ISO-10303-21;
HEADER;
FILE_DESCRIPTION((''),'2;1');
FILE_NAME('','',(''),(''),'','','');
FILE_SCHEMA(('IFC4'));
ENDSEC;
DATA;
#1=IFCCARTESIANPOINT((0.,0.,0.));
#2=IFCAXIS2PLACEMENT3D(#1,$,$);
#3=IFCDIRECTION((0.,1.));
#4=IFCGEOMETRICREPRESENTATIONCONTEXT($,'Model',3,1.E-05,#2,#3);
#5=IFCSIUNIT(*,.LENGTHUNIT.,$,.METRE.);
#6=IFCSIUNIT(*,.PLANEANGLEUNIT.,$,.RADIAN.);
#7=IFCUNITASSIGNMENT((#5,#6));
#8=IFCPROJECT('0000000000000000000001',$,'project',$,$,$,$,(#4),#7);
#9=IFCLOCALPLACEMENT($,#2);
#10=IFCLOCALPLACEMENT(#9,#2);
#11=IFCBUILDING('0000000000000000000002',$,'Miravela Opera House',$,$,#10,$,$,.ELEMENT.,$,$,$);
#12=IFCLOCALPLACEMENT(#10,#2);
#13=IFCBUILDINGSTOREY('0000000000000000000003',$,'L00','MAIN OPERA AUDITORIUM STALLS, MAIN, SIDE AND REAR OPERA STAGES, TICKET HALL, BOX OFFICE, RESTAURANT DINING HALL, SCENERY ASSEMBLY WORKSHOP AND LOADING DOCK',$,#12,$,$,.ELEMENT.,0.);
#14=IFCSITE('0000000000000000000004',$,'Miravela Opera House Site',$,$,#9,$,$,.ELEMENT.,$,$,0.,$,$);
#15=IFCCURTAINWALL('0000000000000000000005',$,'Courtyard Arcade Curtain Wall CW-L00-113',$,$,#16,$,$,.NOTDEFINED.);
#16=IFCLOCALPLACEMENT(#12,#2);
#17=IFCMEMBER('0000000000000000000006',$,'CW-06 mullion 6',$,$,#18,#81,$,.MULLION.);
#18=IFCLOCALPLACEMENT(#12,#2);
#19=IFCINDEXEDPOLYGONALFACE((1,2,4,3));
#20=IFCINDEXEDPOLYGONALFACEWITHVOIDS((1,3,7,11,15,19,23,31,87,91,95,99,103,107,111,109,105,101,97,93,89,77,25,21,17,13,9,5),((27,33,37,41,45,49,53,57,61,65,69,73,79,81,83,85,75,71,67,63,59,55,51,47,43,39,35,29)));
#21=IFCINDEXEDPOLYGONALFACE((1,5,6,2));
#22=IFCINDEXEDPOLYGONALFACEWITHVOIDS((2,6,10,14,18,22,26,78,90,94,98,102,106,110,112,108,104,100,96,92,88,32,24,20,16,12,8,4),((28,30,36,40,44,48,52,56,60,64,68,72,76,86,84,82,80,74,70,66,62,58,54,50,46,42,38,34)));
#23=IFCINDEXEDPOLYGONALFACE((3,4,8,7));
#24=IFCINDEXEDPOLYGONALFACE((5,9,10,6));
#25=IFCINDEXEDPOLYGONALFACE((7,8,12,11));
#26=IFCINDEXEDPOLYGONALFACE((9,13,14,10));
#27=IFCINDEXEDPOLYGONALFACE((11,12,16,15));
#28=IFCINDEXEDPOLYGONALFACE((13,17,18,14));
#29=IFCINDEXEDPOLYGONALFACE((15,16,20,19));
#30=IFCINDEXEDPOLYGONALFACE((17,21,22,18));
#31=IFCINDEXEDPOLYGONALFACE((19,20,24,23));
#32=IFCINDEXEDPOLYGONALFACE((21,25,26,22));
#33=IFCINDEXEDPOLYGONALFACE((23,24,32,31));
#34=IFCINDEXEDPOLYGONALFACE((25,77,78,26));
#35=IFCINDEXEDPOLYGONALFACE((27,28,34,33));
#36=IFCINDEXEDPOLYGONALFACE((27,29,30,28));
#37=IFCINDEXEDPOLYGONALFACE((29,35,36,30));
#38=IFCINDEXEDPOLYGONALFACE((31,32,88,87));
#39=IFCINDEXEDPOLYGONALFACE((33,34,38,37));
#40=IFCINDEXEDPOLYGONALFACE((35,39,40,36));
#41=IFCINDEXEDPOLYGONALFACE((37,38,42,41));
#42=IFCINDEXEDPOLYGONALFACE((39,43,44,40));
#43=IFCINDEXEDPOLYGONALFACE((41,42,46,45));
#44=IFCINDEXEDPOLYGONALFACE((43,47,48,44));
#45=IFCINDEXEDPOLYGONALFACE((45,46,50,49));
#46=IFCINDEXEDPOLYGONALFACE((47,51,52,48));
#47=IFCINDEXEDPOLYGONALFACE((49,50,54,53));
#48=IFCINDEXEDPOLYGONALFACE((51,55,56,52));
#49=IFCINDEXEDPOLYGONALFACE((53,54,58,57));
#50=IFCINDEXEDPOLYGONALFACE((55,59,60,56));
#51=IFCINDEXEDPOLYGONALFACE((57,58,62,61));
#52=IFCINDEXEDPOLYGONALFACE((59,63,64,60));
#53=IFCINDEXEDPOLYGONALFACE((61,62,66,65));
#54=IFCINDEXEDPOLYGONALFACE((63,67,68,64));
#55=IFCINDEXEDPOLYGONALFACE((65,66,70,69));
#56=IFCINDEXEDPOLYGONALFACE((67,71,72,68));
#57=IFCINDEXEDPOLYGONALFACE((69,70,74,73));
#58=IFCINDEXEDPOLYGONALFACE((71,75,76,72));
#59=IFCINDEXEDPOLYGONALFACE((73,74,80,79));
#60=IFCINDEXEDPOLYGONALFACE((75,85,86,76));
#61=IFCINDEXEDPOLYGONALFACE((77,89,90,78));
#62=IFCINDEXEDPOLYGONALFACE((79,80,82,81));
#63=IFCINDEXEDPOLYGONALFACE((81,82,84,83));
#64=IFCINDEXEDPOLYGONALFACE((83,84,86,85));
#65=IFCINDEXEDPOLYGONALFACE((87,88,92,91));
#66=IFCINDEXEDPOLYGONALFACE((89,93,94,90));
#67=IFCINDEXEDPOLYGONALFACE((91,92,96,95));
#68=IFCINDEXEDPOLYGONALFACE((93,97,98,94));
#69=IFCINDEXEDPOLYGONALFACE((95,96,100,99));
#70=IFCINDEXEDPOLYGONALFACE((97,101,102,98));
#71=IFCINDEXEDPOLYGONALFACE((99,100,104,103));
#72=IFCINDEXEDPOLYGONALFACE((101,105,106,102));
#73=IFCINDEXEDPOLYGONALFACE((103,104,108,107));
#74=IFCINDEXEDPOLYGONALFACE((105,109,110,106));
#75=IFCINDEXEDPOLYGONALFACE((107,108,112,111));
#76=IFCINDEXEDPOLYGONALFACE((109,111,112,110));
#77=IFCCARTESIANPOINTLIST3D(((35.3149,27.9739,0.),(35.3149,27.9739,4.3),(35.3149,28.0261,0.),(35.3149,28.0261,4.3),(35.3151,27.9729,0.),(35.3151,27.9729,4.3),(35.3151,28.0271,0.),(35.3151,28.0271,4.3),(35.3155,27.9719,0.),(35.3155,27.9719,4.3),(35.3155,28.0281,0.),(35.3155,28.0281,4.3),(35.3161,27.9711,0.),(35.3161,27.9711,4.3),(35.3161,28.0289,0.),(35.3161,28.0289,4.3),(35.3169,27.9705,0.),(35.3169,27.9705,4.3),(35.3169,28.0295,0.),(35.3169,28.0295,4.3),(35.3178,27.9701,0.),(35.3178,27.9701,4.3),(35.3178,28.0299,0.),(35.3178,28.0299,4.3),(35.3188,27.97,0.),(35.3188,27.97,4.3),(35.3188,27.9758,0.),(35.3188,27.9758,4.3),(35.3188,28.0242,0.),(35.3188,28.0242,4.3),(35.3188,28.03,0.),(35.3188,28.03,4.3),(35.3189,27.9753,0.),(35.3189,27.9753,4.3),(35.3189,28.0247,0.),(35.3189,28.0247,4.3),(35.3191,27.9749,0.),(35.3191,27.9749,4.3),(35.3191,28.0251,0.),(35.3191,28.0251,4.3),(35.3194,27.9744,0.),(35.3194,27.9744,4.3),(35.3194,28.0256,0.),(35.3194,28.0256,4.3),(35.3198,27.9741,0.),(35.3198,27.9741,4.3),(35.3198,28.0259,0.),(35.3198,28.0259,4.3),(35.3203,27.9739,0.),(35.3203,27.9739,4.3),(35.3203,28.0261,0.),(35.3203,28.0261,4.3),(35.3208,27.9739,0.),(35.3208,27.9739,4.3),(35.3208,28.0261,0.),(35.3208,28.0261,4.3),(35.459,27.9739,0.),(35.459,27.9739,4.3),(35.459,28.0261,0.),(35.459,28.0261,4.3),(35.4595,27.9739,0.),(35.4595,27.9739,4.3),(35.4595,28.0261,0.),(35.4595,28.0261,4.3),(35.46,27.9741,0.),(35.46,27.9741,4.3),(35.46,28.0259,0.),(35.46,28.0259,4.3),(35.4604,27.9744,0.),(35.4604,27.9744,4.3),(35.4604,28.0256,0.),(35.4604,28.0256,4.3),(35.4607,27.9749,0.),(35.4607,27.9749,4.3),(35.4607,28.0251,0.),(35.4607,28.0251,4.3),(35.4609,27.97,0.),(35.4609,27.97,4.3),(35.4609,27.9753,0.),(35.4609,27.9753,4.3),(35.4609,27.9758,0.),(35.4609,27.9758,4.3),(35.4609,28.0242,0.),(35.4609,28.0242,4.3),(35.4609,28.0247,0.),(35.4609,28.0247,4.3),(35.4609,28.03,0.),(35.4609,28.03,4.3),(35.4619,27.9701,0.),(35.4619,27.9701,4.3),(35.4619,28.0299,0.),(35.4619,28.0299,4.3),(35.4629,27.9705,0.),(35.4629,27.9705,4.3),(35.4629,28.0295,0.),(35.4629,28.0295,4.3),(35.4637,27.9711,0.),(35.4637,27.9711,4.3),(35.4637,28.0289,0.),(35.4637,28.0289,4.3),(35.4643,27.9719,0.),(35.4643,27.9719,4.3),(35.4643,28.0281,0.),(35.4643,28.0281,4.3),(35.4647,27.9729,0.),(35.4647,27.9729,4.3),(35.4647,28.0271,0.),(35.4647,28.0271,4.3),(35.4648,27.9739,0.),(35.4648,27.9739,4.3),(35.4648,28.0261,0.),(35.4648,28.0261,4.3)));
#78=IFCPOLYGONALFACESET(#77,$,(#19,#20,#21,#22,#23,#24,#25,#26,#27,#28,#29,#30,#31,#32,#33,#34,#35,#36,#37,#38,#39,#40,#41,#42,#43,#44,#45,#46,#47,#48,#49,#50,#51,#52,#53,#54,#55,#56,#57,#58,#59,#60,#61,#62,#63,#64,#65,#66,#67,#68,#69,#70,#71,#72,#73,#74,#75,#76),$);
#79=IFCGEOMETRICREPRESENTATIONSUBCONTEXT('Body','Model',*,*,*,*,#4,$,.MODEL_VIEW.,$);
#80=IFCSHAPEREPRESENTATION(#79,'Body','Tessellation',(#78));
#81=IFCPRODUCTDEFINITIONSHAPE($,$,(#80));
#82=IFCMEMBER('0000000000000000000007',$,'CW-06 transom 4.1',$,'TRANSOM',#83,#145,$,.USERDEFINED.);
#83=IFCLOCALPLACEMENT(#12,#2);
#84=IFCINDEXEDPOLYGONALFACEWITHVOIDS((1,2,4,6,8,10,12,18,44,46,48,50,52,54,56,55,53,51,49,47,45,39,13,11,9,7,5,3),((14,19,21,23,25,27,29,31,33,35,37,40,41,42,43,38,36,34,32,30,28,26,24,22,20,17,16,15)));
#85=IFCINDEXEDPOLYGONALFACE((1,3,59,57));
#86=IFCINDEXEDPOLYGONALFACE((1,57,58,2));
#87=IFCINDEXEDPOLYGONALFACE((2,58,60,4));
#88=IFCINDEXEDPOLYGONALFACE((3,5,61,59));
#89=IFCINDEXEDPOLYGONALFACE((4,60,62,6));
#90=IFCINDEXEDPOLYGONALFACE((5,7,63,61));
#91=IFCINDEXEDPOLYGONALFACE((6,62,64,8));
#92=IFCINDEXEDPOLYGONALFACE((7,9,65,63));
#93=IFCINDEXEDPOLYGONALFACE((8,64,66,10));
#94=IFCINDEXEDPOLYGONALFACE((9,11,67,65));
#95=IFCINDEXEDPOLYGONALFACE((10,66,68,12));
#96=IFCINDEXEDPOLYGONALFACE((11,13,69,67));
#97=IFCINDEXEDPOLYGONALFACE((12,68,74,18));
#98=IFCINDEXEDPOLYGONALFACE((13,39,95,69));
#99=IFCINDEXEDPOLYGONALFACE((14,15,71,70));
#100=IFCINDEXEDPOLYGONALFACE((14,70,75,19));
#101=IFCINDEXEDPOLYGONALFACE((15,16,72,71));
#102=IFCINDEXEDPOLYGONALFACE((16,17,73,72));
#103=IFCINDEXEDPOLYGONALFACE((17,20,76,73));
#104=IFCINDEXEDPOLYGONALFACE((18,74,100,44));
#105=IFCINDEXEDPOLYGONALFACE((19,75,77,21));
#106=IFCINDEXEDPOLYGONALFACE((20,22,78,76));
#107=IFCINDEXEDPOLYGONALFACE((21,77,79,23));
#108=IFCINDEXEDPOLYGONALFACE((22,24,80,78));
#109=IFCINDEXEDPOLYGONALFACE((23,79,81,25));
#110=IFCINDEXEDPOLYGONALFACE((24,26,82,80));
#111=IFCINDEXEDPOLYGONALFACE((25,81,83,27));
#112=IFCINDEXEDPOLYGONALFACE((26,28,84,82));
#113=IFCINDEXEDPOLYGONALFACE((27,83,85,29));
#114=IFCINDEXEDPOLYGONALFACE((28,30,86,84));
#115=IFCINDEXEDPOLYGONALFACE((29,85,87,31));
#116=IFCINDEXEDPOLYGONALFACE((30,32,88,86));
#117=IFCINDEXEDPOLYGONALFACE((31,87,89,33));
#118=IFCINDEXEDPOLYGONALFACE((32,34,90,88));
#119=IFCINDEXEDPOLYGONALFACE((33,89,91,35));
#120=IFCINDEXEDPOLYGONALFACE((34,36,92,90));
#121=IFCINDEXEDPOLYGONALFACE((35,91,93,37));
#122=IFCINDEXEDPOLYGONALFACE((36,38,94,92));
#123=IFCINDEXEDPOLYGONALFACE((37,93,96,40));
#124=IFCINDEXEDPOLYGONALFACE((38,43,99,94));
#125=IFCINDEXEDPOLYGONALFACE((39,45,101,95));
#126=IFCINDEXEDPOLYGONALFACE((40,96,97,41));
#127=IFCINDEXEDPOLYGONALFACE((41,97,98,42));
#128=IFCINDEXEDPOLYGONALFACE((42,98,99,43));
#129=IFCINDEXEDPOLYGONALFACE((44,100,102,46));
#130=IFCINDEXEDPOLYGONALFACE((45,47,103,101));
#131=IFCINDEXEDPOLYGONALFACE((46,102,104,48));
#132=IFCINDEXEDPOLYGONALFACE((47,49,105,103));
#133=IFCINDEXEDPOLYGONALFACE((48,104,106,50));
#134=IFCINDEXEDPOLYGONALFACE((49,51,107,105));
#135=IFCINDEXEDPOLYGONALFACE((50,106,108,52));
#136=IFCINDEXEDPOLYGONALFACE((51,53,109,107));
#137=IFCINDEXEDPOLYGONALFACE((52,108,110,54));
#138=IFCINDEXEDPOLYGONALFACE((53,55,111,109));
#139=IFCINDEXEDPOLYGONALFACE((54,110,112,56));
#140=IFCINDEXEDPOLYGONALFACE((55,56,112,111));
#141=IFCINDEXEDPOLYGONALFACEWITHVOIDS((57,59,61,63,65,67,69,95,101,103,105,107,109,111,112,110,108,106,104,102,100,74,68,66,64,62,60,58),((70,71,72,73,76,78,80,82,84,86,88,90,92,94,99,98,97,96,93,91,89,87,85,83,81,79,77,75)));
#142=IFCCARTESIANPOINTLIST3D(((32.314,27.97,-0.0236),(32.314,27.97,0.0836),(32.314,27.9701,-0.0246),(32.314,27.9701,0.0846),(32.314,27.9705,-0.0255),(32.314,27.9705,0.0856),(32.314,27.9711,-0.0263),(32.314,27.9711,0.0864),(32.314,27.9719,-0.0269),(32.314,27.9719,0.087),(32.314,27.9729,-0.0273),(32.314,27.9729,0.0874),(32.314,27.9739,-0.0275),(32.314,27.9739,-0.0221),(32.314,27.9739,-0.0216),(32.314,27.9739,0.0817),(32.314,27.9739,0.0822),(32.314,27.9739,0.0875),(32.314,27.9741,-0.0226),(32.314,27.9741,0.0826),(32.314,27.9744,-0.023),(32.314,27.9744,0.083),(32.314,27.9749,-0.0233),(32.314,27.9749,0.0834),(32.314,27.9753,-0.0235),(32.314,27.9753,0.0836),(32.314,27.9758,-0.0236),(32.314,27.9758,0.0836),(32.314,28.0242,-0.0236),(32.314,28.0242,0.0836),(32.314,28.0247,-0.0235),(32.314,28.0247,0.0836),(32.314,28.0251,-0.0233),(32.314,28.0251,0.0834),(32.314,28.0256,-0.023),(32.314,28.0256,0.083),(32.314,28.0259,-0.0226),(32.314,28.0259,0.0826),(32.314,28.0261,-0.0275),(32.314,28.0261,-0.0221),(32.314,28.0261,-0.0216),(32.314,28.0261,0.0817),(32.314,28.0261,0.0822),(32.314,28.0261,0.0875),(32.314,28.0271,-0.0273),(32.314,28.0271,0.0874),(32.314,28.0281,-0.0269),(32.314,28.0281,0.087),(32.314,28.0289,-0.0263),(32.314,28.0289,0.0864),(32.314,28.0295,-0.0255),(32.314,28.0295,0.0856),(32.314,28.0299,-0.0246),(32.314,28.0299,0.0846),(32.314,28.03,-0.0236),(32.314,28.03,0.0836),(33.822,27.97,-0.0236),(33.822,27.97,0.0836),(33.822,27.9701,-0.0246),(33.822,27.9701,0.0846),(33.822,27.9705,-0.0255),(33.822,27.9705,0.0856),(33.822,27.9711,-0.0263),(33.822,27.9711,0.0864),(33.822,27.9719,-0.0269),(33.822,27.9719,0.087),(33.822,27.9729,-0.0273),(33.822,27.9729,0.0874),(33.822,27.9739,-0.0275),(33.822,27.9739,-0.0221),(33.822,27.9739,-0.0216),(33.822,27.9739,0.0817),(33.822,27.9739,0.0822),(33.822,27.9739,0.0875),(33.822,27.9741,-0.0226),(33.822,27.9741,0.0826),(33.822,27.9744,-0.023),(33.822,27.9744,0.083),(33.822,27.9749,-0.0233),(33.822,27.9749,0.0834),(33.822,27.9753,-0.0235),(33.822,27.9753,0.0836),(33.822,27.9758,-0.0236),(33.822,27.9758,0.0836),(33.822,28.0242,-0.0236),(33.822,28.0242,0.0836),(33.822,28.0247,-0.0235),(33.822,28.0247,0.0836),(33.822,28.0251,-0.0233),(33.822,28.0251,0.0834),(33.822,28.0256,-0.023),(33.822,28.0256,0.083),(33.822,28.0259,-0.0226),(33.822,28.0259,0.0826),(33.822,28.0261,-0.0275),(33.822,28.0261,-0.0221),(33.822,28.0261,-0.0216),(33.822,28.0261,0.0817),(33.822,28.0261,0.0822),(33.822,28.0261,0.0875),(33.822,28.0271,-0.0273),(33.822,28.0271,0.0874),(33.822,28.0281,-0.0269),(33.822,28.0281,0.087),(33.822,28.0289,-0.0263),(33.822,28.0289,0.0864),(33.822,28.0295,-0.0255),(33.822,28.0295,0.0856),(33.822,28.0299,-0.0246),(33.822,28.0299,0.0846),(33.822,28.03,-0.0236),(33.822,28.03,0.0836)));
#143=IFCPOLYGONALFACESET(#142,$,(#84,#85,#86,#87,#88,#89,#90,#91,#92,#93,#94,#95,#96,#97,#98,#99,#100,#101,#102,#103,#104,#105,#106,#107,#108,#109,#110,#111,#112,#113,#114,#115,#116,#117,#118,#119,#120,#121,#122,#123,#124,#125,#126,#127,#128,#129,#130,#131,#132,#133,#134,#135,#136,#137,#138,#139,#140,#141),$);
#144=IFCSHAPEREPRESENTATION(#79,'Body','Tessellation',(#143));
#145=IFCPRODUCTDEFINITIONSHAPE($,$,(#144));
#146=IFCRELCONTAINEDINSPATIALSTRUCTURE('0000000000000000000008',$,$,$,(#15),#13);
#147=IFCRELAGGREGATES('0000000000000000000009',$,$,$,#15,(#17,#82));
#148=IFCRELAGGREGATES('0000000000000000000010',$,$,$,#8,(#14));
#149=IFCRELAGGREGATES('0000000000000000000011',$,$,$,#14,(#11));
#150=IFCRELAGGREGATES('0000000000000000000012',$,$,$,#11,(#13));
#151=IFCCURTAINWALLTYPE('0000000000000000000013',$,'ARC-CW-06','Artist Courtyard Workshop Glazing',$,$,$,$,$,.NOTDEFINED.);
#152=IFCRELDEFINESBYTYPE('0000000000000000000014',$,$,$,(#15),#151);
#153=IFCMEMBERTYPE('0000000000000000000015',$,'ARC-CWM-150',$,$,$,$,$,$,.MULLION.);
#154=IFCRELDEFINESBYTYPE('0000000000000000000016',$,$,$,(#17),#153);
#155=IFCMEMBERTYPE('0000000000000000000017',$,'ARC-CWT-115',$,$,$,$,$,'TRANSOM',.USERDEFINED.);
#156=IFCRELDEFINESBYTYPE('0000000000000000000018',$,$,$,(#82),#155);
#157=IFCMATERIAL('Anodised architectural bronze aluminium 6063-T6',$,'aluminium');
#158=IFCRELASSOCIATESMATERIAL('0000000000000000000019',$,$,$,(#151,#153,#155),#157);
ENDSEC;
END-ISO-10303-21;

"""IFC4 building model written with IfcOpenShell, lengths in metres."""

from ifc_helpers import new_model, si_unit, direction, frame, origin, origin_2d, place, context, subcontext, project, spatial, hollow_rectangle, extrude, material, material_profile, profile_set, type_object, element, aggregate, save


model = new_model("IFC4")

# Units and contexts
model_context = context("Model", 3, precision=1e-05, world=origin(), true_north=direction((0.0, 1.0)))
body_context = subcontext(model_context, "Body", "Model", "MODEL_VIEW")
ifc_project = project(units=[si_unit("LENGTHUNIT", "METRE"), si_unit("PLANEANGLEUNIT", "RADIAN")], contexts=[model_context])

# Site, building, storey
site_placement = place(None, origin())
site = spatial("IfcSite", under=ifc_project, at=site_placement, Name="Miravela Opera House Site", CompositionType="ELEMENT", RefElevation=0.0)
building_placement = place(site_placement, origin())
building = spatial("IfcBuilding", under=site, at=building_placement, Name="Miravela Opera House", CompositionType="ELEMENT")
storey_placement = place(building_placement, origin())
storey = spatial("IfcBuildingStorey", under=building, at=storey_placement, Name="L00", Description="MAIN OPERA AUDITORIUM STALLS, MAIN, SIDE AND REAR OPERA STAGES, TICKET HALL, BOX OFFICE, RESTAURANT DINING HALL, SCENERY ASSEMBLY WORKSHOP AND LOADING DOCK", CompositionType="ELEMENT", Elevation=0.0)

# Curtain wall, members
ifc_material_1 = material(Name="Anodised architectural bronze aluminium 6063-T6", Category="aluminium")
curtain_wall_type = type_object("IfcCurtainWallType", Name="ARC-CW-06", Description="Artist Courtyard Workshop Glazing", PredefinedType="NOTDEFINED", material=ifc_material_1)
curtain_wall_placement = place(storey_placement, origin())
curtain_wall = element("IfcCurtainWall", 1, at=curtain_wall_placement, inside=storey, type_object=curtain_wall_type, Name="Courtyard Arcade Curtain Wall CW-L00-113", PredefinedType="NOTDEFINED")
ifc_material_profile_1 = material_profile(ifc_material_1, hollow_rectangle(XDim=0.0601, YDim=0.1499, WallThickness=0.0039, InnerFilletRadius=0.002, OuterFilletRadius=0.0039, at=origin_2d()), Name="CWM-60X150")
ifc_profile_set_1 = profile_set([ifc_material_profile_1])
member_type_1 = type_object("IfcMemberType", Name="ARC-CWM-150", PredefinedType="MULLION", material=ifc_profile_set_1)
member_1_placement = place(storey_placement, frame((35.3899, 28.0, 0.0), z_axis=(0.0, 0.0, 1.0), x_axis=(0.0, 1.0, 0.0)))
member_1 = element("IfcMember", 2, at=member_1_placement, type_object=member_type_1, Name="CW-06 mullion 6", PredefinedType="MULLION", context=body_context, shape_type="SweptSolid", body=[
    extrude(hollow_rectangle(XDim=0.0601, YDim=0.1499, WallThickness=0.0039, InnerFilletRadius=0.002, OuterFilletRadius=0.0039, at=origin_2d()), origin(), (0.0, 0.0, 1.0), 4.3),
])
ifc_material_profile_2 = material_profile(ifc_material_1, hollow_rectangle(XDim=0.0601, YDim=0.115, WallThickness=0.0039, InnerFilletRadius=0.002, OuterFilletRadius=0.0039, at=origin_2d()), Name="CWT-60X115")
ifc_profile_set_2 = profile_set([ifc_material_profile_2])
member_type_2 = type_object("IfcMemberType", Name="ARC-CWT-115", ElementType="TRANSOM", PredefinedType="USERDEFINED", material=ifc_profile_set_2)
member_2_placement = place(storey_placement, frame((32.314, 28.0, 0.03), z_axis=(1.0, 0.0, 0.0), x_axis=(0.0, 1.0, 0.0)))
member_2 = element("IfcMember", 3, at=member_2_placement, type_object=member_type_2, Name="CW-06 transom 4.1", ObjectType="TRANSOM", PredefinedType="USERDEFINED", context=body_context, shape_type="SweptSolid", body=[
    extrude(hollow_rectangle(XDim=0.0601, YDim=0.115, WallThickness=0.0039, InnerFilletRadius=0.002, OuterFilletRadius=0.0039, at=origin_2d()), origin(), (0.0, 0.0, 1.0), 1.5081),
])

aggregate(curtain_wall, [member_1, member_2])

save(model, "model.ifc")
